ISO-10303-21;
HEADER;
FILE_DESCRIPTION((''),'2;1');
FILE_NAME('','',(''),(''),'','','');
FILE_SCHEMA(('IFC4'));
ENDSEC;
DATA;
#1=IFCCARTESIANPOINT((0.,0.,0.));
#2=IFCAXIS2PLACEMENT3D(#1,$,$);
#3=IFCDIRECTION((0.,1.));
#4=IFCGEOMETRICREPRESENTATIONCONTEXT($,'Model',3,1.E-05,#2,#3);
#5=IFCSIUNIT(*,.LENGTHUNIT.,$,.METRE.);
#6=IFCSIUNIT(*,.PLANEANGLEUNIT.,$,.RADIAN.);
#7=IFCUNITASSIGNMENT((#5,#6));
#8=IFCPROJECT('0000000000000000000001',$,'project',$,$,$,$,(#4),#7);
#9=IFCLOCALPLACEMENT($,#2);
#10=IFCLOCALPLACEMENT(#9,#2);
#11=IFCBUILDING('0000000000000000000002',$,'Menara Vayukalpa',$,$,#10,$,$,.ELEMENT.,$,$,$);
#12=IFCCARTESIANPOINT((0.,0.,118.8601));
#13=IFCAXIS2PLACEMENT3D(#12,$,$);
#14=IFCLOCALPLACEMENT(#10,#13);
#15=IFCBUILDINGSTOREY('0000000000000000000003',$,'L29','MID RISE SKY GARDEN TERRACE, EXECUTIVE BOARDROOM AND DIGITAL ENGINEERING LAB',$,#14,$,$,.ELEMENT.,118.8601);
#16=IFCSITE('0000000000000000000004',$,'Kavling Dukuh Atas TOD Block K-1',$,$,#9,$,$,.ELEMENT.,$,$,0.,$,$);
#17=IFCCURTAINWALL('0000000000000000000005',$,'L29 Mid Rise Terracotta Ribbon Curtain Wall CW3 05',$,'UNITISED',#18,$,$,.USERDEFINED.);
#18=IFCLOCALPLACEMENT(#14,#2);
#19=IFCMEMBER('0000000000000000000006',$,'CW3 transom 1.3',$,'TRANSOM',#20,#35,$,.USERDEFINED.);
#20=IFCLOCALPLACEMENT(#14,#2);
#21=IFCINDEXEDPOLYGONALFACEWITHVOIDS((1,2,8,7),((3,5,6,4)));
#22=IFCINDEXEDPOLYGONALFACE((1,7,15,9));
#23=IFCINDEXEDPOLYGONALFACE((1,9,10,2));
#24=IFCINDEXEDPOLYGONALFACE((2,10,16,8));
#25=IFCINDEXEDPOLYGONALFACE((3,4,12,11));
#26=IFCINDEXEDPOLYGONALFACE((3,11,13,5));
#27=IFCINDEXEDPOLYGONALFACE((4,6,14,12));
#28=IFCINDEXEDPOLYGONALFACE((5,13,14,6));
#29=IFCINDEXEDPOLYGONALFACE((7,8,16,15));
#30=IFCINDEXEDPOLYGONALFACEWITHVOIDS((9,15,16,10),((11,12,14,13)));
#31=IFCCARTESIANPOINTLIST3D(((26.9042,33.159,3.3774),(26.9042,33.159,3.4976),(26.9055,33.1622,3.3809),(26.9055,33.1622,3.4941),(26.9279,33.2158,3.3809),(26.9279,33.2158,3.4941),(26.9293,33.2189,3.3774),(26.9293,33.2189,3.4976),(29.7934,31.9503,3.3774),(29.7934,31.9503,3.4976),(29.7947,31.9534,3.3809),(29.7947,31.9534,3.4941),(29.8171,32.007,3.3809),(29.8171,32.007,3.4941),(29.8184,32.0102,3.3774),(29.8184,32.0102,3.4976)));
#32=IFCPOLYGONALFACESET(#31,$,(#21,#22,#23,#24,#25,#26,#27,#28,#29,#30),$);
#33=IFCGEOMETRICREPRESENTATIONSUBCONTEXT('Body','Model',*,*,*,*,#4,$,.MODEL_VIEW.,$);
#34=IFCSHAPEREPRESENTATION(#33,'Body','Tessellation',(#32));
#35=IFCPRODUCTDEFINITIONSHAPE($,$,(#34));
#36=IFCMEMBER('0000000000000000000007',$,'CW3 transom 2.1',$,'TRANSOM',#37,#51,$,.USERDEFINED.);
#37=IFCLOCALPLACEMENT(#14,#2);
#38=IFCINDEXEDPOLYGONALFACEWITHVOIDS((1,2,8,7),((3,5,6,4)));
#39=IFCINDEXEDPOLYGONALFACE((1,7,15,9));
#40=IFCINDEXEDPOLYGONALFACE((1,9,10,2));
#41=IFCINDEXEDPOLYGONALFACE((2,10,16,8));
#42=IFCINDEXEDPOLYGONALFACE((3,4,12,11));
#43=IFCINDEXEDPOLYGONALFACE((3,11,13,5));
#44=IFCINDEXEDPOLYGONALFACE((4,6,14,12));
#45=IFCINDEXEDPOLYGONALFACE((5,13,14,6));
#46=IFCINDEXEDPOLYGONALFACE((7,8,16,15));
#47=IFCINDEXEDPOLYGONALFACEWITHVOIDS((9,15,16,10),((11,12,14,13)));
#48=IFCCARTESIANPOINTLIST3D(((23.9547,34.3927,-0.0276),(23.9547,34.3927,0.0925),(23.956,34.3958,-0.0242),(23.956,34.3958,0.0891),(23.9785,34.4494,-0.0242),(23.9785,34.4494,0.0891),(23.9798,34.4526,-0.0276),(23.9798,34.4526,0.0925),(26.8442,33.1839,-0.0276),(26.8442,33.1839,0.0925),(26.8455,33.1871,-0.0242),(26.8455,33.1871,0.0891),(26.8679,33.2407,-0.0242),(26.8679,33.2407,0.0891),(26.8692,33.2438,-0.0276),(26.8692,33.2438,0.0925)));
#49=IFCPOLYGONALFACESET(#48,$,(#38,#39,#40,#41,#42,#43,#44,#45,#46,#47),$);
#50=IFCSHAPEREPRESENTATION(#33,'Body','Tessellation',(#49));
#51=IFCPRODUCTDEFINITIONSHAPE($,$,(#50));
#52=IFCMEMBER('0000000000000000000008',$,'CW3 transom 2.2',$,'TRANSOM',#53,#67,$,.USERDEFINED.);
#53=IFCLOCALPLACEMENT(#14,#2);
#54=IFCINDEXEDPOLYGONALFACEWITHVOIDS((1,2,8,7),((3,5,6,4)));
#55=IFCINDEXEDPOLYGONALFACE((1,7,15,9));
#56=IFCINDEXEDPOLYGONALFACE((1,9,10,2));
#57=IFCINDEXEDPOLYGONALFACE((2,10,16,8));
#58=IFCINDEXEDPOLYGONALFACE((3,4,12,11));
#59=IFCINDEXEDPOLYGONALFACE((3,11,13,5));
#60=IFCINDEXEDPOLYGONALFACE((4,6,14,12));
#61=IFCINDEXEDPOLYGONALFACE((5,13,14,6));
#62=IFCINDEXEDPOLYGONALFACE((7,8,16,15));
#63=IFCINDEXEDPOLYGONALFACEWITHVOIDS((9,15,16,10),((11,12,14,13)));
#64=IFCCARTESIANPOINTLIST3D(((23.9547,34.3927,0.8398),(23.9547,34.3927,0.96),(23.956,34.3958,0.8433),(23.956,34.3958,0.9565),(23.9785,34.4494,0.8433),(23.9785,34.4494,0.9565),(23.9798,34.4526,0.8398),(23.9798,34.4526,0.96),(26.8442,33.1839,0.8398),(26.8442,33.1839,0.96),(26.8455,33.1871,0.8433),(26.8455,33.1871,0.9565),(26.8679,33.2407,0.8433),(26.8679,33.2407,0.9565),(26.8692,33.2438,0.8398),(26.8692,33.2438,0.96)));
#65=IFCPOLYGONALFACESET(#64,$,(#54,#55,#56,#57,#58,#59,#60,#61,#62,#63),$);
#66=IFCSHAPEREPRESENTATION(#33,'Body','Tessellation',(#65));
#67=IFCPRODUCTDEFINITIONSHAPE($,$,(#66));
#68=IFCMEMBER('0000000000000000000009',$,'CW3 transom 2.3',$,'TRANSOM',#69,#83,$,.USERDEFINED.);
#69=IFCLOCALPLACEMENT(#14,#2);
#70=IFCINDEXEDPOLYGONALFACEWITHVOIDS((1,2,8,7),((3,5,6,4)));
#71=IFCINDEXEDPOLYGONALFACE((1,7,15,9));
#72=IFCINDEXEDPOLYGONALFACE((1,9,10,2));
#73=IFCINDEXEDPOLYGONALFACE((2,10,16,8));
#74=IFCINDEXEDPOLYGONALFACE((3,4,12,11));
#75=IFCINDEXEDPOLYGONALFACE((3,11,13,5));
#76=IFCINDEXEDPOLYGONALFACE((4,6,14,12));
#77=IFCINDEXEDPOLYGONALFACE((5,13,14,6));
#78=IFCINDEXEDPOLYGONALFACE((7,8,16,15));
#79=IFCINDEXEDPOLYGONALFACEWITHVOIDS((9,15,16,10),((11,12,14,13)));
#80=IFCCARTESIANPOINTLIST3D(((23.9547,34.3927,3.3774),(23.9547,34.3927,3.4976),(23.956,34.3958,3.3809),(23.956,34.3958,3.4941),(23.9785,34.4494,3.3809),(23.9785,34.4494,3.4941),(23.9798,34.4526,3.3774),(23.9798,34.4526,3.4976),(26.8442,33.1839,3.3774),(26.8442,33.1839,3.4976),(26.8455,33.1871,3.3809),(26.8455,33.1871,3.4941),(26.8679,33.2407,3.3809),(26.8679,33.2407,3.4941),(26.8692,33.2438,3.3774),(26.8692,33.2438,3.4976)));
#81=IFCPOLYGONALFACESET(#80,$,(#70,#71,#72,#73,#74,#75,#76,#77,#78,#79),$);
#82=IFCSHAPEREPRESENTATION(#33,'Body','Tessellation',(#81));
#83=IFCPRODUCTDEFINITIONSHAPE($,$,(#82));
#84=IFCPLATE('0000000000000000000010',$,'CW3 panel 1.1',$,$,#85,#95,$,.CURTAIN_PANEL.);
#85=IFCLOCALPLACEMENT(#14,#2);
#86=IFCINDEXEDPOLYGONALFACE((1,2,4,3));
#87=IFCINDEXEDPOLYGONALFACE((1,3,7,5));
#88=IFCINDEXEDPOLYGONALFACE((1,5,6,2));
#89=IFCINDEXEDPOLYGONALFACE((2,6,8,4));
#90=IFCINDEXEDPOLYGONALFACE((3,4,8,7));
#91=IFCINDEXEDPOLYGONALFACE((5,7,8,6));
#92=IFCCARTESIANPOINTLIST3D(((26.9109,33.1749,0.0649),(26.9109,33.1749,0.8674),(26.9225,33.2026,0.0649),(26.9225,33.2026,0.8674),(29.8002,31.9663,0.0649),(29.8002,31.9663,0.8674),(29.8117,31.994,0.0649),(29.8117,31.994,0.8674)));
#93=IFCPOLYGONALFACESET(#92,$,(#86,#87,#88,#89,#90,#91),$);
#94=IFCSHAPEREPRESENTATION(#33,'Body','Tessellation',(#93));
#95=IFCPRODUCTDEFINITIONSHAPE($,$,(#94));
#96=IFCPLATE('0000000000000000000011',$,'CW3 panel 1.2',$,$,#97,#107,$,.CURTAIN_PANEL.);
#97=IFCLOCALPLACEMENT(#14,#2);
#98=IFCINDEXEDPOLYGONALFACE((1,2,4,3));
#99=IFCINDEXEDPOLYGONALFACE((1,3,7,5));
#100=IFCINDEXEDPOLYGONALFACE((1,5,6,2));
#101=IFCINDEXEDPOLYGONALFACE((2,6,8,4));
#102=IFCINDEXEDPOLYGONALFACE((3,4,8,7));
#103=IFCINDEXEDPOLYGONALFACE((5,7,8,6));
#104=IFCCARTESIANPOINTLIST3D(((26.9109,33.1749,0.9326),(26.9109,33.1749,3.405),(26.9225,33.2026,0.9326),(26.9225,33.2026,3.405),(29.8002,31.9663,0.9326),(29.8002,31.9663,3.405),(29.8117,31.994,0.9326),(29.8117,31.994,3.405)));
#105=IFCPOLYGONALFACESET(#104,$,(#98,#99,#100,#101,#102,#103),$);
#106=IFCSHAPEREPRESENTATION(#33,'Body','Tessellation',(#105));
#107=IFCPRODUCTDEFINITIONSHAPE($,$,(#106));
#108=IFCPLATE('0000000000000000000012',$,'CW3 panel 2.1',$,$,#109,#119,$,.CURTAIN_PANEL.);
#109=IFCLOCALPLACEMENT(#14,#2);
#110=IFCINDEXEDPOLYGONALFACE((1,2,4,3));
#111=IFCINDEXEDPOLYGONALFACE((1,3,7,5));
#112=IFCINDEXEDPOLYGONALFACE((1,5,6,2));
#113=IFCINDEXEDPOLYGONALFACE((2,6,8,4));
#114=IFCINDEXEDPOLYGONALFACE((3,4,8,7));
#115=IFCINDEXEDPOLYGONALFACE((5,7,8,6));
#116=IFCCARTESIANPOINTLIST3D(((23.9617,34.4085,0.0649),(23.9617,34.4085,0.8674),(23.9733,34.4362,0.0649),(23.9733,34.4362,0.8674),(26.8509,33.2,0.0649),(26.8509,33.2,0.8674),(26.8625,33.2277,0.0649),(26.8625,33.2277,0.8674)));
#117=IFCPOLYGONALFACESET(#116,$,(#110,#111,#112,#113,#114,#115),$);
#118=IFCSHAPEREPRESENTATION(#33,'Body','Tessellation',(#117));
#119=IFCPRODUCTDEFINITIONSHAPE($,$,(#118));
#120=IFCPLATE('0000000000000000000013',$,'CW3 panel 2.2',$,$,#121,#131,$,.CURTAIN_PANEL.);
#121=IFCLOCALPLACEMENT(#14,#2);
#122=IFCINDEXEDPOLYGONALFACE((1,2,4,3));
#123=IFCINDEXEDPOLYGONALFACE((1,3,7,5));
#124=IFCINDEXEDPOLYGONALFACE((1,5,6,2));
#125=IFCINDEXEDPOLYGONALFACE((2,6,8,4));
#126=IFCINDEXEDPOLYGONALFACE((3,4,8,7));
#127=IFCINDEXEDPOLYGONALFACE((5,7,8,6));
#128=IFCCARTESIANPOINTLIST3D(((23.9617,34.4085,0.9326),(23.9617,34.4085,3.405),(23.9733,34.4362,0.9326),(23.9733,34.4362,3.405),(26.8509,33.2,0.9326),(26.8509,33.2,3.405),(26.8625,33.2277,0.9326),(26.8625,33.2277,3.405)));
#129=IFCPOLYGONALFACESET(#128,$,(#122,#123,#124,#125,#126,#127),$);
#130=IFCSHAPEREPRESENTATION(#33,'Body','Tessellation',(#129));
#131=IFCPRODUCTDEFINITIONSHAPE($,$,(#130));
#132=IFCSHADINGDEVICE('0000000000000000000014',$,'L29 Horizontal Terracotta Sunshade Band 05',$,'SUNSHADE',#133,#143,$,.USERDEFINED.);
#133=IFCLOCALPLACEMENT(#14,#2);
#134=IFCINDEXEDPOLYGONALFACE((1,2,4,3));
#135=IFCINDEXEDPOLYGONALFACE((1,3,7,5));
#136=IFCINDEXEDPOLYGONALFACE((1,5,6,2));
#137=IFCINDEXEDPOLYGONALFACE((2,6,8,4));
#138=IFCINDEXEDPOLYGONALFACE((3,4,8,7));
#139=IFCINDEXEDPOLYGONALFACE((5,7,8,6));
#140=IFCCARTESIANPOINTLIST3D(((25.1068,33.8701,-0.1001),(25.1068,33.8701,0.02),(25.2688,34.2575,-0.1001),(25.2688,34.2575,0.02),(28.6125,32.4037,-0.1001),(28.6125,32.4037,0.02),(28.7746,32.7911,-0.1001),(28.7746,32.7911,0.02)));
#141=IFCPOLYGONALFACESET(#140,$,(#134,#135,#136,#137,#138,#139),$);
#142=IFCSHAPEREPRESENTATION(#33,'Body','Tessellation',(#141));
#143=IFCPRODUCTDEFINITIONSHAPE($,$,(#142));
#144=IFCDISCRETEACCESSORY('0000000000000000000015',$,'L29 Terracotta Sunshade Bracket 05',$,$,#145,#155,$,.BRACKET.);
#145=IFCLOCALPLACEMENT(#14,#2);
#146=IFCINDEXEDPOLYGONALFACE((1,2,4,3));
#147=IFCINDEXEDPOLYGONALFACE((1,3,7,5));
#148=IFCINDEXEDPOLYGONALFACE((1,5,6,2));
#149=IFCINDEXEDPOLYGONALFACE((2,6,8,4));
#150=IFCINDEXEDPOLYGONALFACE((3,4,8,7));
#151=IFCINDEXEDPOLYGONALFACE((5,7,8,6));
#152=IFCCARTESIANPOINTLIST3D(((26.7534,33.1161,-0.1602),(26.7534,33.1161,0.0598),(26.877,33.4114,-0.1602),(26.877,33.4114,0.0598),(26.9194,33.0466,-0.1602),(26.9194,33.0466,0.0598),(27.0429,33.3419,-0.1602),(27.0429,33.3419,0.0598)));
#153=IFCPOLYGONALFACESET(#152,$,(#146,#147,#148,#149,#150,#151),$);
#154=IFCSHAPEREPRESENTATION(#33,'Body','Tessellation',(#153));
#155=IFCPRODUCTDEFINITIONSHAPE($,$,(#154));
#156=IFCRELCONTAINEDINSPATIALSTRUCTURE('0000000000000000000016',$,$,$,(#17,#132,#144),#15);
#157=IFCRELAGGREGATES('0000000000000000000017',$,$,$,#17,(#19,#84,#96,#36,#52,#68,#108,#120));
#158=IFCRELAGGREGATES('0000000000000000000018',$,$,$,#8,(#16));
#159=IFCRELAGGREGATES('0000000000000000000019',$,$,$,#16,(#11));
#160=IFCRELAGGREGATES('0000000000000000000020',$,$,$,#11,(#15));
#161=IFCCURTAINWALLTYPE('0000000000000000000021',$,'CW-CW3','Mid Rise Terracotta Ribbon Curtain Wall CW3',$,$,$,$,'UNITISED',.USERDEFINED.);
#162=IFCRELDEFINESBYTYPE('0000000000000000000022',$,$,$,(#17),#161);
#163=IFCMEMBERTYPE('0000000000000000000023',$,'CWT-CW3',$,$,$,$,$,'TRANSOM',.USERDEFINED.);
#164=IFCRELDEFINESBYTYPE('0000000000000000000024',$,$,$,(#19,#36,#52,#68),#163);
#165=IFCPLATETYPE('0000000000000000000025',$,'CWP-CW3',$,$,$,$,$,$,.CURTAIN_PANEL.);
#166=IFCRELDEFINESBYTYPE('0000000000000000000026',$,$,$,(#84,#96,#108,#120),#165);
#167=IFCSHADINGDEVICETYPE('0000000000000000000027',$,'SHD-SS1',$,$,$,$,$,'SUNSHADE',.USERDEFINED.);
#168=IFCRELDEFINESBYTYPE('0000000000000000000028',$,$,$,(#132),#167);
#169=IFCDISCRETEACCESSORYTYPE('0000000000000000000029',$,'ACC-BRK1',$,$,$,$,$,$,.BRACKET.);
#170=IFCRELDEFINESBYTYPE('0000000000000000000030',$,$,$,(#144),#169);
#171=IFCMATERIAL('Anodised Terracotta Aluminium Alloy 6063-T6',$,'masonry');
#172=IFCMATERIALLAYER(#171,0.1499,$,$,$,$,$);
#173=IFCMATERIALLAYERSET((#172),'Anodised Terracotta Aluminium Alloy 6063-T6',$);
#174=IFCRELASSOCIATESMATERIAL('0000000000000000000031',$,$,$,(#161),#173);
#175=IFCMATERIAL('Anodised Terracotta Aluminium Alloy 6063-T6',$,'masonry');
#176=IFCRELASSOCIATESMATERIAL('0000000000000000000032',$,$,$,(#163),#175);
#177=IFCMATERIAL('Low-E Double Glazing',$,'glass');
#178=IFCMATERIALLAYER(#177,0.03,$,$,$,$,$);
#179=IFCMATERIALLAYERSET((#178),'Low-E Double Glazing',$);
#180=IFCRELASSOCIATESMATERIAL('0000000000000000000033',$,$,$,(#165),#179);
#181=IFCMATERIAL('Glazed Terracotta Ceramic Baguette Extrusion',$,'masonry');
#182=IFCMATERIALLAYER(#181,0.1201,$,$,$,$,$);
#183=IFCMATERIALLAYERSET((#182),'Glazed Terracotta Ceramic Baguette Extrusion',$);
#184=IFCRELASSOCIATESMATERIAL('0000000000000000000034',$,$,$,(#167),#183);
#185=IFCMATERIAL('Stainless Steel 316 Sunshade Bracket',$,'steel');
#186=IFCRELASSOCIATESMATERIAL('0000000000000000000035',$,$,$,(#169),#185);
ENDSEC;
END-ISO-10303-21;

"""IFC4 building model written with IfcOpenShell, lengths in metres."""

from ifc_helpers import new_model, si_unit, direction, frame, origin, origin_2d, place, context, subcontext, project, spatial, rectangle, hollow_rectangle, extrude, material, layer, layer_set, material_profile, profile_set, type_object, element, aggregate, save


model = new_model("IFC4")

# Units and contexts
model_context = context("Model", 3, precision=1e-05, world=origin(), true_north=direction((0.0, 1.0)))
body_context = subcontext(model_context, "Body", "Model", "MODEL_VIEW")
ifc_project = project(units=[si_unit("LENGTHUNIT", "METRE"), si_unit("PLANEANGLEUNIT", "RADIAN")], contexts=[model_context])

# Site, building, storey
site_placement = place(None, origin())
site = spatial("IfcSite", under=ifc_project, at=site_placement, Name="Kavling Dukuh Atas TOD Block K-1", CompositionType="ELEMENT", RefElevation=0.0)
building_placement = place(site_placement, origin())
building = spatial("IfcBuilding", under=site, at=building_placement, Name="Menara Vayukalpa", CompositionType="ELEMENT")
storey_placement = place(building_placement, frame((0.0, 0.0, 118.8601)))
storey = spatial("IfcBuildingStorey", under=building, at=storey_placement, Name="L29", Description="MID RISE SKY GARDEN TERRACE, EXECUTIVE BOARDROOM AND DIGITAL ENGINEERING LAB", CompositionType="ELEMENT", Elevation=118.8601)

# Shared definitions
ifc_material_1 = material(Name="Anodised Terracotta Aluminium Alloy 6063-T6", Category="masonry")
ifc_layer_1 = layer(ifc_material_1, 0.1499)
ifc_layer_set_1 = layer_set([ifc_layer_1], Name="Anodised Terracotta Aluminium Alloy 6063-T6")
curtain_wall_type = type_object("IfcCurtainWallType", Name="CW-CW3", Description="Mid Rise Terracotta Ribbon Curtain Wall CW3", ElementType="UNITISED", PredefinedType="USERDEFINED", material=ifc_layer_set_1)

# Curtain wall, members, plates
curtain_wall_1_placement = place(storey_placement, origin())
curtain_wall_1 = element("IfcCurtainWall", 1, at=curtain_wall_1_placement, inside=storey, type_object=curtain_wall_type, Name="L29 Mid Rise Terracotta Ribbon Curtain Wall CW3 05", ObjectType="UNITISED", PredefinedType="USERDEFINED")
ifc_material_2 = material(Name="Anodised Terracotta Aluminium Alloy 6063-T6", Category="masonry")
ifc_material_profile_1 = material_profile(ifc_material_2, hollow_rectangle(XDim=0.0649, YDim=0.1201, WallThickness=0.0034, at=origin_2d()), Name="ALU 65x120x3.5")
ifc_profile_set_1 = profile_set([ifc_material_profile_1], Name="Anodised Terracotta Aluminium Alloy 6063-T6")
member_type_1 = type_object("IfcMemberType", Name="CWT-CW3", ElementType="TRANSOM", PredefinedType="USERDEFINED", material=ifc_profile_set_1)
member_1_placement = place(storey_placement, frame((29.8059, 31.9802, 3.4375), z_axis=(-0.922518, 0.385955, 0.0), x_axis=(-0.385955, -0.922518, 0.0)))
member_1 = element("IfcMember", 2, at=member_1_placement, type_object=member_type_1, Name="CW3 transom 1.3", ObjectType="TRANSOM", PredefinedType="USERDEFINED", context=body_context, shape_type="SweptSolid", body=[
    extrude(hollow_rectangle(XDim=0.0649, YDim=0.1201, WallThickness=0.0034, at=origin_2d()), origin(), (0.0, 0.0, 1.0), 3.1318),
])
member_2_placement = place(storey_placement, frame((26.8567, 33.2139, 0.0325), z_axis=(-0.922529, 0.385927, 0.0), x_axis=(-0.385927, -0.922529, 0.0)))
member_2 = element("IfcMember", 3, at=member_2_placement, type_object=member_type_1, Name="CW3 transom 2.1", ObjectType="TRANSOM", PredefinedType="USERDEFINED", context=body_context, shape_type="SweptSolid", body=[
    extrude(hollow_rectangle(XDim=0.0649, YDim=0.1201, WallThickness=0.0034, at=origin_2d()), origin(), (0.0, 0.0, 1.0), 3.1321),
])
member_3_placement = place(storey_placement, frame((26.8567, 33.2139, 0.8999), z_axis=(-0.922529, 0.385927, 0.0), x_axis=(-0.385927, -0.922529, 0.0)))
member_3 = element("IfcMember", 4, at=member_3_placement, type_object=member_type_1, Name="CW3 transom 2.2", ObjectType="TRANSOM", PredefinedType="USERDEFINED", context=body_context, shape_type="SweptSolid", body=[
    extrude(hollow_rectangle(XDim=0.0649, YDim=0.1201, WallThickness=0.0034, at=origin_2d()), origin(), (0.0, 0.0, 1.0), 3.1321),
])
member_4_placement = place(storey_placement, frame((26.8567, 33.2139, 3.4375), z_axis=(-0.922529, 0.385927, 0.0), x_axis=(-0.385927, -0.922529, 0.0)))
member_4 = element("IfcMember", 5, at=member_4_placement, type_object=member_type_1, Name="CW3 transom 2.3", ObjectType="TRANSOM", PredefinedType="USERDEFINED", context=body_context, shape_type="SweptSolid", body=[
    extrude(hollow_rectangle(XDim=0.0649, YDim=0.1201, WallThickness=0.0034, at=origin_2d()), origin(), (0.0, 0.0, 1.0), 3.1321),
])
ifc_material_3 = material(Name="Low-E Double Glazing", Category="glass")
ifc_layer_2 = layer(ifc_material_3, 0.03)
ifc_layer_set_2 = layer_set([ifc_layer_2], Name="Low-E Double Glazing")
plate_type = type_object("IfcPlateType", Name="CWP-CW3", PredefinedType="CURTAIN_PANEL", material=ifc_layer_set_2)
plate_1_placement = place(storey_placement, frame((28.3613, 32.5845, 0.0649), z_axis=(0.0, 0.0, 1.0), x_axis=(-0.922543, 0.385894, 0.0)))
plate_1 = element("IfcPlate", 6, at=plate_1_placement, type_object=plate_type, Name="CW3 panel 1.1", PredefinedType="CURTAIN_PANEL", context=body_context, shape_type="SweptSolid", body=[
    extrude(rectangle(XDim=3.1318, YDim=0.03, at=origin_2d()), origin(), (0.0, 0.0, 1.0), 0.8025),
])
plate_2_placement = place(storey_placement, frame((28.3613, 32.5845, 0.9326), z_axis=(0.0, 0.0, 1.0), x_axis=(-0.922543, 0.385894, 0.0)))
plate_2 = element("IfcPlate", 7, at=plate_2_placement, type_object=plate_type, Name="CW3 panel 1.2", PredefinedType="CURTAIN_PANEL", context=body_context, shape_type="SweptSolid", body=[
    extrude(rectangle(XDim=3.1318, YDim=0.03, at=origin_2d()), origin(), (0.0, 0.0, 1.0), 2.4724),
])
plate_3_placement = place(storey_placement, frame((25.4121, 33.8181, 0.0649), z_axis=(0.0, 0.0, 1.0), x_axis=(-0.922543, 0.385894, 0.0)))
plate_3 = element("IfcPlate", 8, at=plate_3_placement, type_object=plate_type, Name="CW3 panel 2.1", PredefinedType="CURTAIN_PANEL", context=body_context, shape_type="SweptSolid", body=[
    extrude(rectangle(XDim=3.1318, YDim=0.03, at=origin_2d()), origin(), (0.0, 0.0, 1.0), 0.8025),
])
plate_4_placement = place(storey_placement, frame((25.4121, 33.8181, 0.9326), z_axis=(0.0, 0.0, 1.0), x_axis=(-0.922543, 0.385894, 0.0)))
plate_4 = element("IfcPlate", 9, at=plate_4_placement, type_object=plate_type, Name="CW3 panel 2.2", PredefinedType="CURTAIN_PANEL", context=body_context, shape_type="SweptSolid", body=[
    extrude(rectangle(XDim=3.1318, YDim=0.03, at=origin_2d()), origin(), (0.0, 0.0, 1.0), 2.4724),
])
aggregate(curtain_wall_1, [member_1, plate_1, plate_2, member_2, member_3, member_4, plate_3, plate_4])

# Shading device
ifc_material_4 = material(Name="Glazed Terracotta Ceramic Baguette Extrusion", Category="masonry")
ifc_layer_3 = layer(ifc_material_4, 0.1201)
ifc_layer_set_3 = layer_set([ifc_layer_3], Name="Glazed Terracotta Ceramic Baguette Extrusion")
shading_device_type = type_object("IfcShadingDeviceType", Name="SHD-SS1", ElementType="SUNSHADE", PredefinedType="USERDEFINED", material=ifc_layer_set_3)
shading_device_placement = place(storey_placement, frame((26.9407, 33.3306, -0.1001), z_axis=(0.0, 0.0, 1.0), x_axis=(-0.922545, 0.38589, 0.0)))
element("IfcShadingDevice", 10, at=shading_device_placement, inside=storey, type_object=shading_device_type, Name="L29 Horizontal Terracotta Sunshade Band 05", ObjectType="SUNSHADE", PredefinedType="USERDEFINED", context=body_context, shape_type="SweptSolid", body=[
    extrude(rectangle(XDim=3.8, YDim=0.4199, at=origin_2d()), origin(), (0.0, 0.0, 1.0), 0.1201),
])

# Discrete accessory
ifc_material_5 = material(Name="Stainless Steel 316 Sunshade Bracket", Category="steel")
discrete_accessory_type = type_object("IfcDiscreteAccessoryType", Name="ACC-BRK1", PredefinedType="BRACKET", material=ifc_material_5)
discrete_accessory_placement = place(storey_placement, frame((26.8982, 33.229, -0.1602), z_axis=(0.0, 0.0, 1.0), x_axis=(-0.922545, 0.38589, 0.0)))
element("IfcDiscreteAccessory", 11, at=discrete_accessory_placement, inside=storey, type_object=discrete_accessory_type, Name="L29 Terracotta Sunshade Bracket 05", PredefinedType="BRACKET", context=body_context, shape_type="SweptSolid", body=[
    extrude(rectangle(XDim=0.1799, YDim=0.3201, at=origin_2d()), origin(), (0.0, 0.0, 1.0), 0.22),
])

save(model, "model.ifc")
